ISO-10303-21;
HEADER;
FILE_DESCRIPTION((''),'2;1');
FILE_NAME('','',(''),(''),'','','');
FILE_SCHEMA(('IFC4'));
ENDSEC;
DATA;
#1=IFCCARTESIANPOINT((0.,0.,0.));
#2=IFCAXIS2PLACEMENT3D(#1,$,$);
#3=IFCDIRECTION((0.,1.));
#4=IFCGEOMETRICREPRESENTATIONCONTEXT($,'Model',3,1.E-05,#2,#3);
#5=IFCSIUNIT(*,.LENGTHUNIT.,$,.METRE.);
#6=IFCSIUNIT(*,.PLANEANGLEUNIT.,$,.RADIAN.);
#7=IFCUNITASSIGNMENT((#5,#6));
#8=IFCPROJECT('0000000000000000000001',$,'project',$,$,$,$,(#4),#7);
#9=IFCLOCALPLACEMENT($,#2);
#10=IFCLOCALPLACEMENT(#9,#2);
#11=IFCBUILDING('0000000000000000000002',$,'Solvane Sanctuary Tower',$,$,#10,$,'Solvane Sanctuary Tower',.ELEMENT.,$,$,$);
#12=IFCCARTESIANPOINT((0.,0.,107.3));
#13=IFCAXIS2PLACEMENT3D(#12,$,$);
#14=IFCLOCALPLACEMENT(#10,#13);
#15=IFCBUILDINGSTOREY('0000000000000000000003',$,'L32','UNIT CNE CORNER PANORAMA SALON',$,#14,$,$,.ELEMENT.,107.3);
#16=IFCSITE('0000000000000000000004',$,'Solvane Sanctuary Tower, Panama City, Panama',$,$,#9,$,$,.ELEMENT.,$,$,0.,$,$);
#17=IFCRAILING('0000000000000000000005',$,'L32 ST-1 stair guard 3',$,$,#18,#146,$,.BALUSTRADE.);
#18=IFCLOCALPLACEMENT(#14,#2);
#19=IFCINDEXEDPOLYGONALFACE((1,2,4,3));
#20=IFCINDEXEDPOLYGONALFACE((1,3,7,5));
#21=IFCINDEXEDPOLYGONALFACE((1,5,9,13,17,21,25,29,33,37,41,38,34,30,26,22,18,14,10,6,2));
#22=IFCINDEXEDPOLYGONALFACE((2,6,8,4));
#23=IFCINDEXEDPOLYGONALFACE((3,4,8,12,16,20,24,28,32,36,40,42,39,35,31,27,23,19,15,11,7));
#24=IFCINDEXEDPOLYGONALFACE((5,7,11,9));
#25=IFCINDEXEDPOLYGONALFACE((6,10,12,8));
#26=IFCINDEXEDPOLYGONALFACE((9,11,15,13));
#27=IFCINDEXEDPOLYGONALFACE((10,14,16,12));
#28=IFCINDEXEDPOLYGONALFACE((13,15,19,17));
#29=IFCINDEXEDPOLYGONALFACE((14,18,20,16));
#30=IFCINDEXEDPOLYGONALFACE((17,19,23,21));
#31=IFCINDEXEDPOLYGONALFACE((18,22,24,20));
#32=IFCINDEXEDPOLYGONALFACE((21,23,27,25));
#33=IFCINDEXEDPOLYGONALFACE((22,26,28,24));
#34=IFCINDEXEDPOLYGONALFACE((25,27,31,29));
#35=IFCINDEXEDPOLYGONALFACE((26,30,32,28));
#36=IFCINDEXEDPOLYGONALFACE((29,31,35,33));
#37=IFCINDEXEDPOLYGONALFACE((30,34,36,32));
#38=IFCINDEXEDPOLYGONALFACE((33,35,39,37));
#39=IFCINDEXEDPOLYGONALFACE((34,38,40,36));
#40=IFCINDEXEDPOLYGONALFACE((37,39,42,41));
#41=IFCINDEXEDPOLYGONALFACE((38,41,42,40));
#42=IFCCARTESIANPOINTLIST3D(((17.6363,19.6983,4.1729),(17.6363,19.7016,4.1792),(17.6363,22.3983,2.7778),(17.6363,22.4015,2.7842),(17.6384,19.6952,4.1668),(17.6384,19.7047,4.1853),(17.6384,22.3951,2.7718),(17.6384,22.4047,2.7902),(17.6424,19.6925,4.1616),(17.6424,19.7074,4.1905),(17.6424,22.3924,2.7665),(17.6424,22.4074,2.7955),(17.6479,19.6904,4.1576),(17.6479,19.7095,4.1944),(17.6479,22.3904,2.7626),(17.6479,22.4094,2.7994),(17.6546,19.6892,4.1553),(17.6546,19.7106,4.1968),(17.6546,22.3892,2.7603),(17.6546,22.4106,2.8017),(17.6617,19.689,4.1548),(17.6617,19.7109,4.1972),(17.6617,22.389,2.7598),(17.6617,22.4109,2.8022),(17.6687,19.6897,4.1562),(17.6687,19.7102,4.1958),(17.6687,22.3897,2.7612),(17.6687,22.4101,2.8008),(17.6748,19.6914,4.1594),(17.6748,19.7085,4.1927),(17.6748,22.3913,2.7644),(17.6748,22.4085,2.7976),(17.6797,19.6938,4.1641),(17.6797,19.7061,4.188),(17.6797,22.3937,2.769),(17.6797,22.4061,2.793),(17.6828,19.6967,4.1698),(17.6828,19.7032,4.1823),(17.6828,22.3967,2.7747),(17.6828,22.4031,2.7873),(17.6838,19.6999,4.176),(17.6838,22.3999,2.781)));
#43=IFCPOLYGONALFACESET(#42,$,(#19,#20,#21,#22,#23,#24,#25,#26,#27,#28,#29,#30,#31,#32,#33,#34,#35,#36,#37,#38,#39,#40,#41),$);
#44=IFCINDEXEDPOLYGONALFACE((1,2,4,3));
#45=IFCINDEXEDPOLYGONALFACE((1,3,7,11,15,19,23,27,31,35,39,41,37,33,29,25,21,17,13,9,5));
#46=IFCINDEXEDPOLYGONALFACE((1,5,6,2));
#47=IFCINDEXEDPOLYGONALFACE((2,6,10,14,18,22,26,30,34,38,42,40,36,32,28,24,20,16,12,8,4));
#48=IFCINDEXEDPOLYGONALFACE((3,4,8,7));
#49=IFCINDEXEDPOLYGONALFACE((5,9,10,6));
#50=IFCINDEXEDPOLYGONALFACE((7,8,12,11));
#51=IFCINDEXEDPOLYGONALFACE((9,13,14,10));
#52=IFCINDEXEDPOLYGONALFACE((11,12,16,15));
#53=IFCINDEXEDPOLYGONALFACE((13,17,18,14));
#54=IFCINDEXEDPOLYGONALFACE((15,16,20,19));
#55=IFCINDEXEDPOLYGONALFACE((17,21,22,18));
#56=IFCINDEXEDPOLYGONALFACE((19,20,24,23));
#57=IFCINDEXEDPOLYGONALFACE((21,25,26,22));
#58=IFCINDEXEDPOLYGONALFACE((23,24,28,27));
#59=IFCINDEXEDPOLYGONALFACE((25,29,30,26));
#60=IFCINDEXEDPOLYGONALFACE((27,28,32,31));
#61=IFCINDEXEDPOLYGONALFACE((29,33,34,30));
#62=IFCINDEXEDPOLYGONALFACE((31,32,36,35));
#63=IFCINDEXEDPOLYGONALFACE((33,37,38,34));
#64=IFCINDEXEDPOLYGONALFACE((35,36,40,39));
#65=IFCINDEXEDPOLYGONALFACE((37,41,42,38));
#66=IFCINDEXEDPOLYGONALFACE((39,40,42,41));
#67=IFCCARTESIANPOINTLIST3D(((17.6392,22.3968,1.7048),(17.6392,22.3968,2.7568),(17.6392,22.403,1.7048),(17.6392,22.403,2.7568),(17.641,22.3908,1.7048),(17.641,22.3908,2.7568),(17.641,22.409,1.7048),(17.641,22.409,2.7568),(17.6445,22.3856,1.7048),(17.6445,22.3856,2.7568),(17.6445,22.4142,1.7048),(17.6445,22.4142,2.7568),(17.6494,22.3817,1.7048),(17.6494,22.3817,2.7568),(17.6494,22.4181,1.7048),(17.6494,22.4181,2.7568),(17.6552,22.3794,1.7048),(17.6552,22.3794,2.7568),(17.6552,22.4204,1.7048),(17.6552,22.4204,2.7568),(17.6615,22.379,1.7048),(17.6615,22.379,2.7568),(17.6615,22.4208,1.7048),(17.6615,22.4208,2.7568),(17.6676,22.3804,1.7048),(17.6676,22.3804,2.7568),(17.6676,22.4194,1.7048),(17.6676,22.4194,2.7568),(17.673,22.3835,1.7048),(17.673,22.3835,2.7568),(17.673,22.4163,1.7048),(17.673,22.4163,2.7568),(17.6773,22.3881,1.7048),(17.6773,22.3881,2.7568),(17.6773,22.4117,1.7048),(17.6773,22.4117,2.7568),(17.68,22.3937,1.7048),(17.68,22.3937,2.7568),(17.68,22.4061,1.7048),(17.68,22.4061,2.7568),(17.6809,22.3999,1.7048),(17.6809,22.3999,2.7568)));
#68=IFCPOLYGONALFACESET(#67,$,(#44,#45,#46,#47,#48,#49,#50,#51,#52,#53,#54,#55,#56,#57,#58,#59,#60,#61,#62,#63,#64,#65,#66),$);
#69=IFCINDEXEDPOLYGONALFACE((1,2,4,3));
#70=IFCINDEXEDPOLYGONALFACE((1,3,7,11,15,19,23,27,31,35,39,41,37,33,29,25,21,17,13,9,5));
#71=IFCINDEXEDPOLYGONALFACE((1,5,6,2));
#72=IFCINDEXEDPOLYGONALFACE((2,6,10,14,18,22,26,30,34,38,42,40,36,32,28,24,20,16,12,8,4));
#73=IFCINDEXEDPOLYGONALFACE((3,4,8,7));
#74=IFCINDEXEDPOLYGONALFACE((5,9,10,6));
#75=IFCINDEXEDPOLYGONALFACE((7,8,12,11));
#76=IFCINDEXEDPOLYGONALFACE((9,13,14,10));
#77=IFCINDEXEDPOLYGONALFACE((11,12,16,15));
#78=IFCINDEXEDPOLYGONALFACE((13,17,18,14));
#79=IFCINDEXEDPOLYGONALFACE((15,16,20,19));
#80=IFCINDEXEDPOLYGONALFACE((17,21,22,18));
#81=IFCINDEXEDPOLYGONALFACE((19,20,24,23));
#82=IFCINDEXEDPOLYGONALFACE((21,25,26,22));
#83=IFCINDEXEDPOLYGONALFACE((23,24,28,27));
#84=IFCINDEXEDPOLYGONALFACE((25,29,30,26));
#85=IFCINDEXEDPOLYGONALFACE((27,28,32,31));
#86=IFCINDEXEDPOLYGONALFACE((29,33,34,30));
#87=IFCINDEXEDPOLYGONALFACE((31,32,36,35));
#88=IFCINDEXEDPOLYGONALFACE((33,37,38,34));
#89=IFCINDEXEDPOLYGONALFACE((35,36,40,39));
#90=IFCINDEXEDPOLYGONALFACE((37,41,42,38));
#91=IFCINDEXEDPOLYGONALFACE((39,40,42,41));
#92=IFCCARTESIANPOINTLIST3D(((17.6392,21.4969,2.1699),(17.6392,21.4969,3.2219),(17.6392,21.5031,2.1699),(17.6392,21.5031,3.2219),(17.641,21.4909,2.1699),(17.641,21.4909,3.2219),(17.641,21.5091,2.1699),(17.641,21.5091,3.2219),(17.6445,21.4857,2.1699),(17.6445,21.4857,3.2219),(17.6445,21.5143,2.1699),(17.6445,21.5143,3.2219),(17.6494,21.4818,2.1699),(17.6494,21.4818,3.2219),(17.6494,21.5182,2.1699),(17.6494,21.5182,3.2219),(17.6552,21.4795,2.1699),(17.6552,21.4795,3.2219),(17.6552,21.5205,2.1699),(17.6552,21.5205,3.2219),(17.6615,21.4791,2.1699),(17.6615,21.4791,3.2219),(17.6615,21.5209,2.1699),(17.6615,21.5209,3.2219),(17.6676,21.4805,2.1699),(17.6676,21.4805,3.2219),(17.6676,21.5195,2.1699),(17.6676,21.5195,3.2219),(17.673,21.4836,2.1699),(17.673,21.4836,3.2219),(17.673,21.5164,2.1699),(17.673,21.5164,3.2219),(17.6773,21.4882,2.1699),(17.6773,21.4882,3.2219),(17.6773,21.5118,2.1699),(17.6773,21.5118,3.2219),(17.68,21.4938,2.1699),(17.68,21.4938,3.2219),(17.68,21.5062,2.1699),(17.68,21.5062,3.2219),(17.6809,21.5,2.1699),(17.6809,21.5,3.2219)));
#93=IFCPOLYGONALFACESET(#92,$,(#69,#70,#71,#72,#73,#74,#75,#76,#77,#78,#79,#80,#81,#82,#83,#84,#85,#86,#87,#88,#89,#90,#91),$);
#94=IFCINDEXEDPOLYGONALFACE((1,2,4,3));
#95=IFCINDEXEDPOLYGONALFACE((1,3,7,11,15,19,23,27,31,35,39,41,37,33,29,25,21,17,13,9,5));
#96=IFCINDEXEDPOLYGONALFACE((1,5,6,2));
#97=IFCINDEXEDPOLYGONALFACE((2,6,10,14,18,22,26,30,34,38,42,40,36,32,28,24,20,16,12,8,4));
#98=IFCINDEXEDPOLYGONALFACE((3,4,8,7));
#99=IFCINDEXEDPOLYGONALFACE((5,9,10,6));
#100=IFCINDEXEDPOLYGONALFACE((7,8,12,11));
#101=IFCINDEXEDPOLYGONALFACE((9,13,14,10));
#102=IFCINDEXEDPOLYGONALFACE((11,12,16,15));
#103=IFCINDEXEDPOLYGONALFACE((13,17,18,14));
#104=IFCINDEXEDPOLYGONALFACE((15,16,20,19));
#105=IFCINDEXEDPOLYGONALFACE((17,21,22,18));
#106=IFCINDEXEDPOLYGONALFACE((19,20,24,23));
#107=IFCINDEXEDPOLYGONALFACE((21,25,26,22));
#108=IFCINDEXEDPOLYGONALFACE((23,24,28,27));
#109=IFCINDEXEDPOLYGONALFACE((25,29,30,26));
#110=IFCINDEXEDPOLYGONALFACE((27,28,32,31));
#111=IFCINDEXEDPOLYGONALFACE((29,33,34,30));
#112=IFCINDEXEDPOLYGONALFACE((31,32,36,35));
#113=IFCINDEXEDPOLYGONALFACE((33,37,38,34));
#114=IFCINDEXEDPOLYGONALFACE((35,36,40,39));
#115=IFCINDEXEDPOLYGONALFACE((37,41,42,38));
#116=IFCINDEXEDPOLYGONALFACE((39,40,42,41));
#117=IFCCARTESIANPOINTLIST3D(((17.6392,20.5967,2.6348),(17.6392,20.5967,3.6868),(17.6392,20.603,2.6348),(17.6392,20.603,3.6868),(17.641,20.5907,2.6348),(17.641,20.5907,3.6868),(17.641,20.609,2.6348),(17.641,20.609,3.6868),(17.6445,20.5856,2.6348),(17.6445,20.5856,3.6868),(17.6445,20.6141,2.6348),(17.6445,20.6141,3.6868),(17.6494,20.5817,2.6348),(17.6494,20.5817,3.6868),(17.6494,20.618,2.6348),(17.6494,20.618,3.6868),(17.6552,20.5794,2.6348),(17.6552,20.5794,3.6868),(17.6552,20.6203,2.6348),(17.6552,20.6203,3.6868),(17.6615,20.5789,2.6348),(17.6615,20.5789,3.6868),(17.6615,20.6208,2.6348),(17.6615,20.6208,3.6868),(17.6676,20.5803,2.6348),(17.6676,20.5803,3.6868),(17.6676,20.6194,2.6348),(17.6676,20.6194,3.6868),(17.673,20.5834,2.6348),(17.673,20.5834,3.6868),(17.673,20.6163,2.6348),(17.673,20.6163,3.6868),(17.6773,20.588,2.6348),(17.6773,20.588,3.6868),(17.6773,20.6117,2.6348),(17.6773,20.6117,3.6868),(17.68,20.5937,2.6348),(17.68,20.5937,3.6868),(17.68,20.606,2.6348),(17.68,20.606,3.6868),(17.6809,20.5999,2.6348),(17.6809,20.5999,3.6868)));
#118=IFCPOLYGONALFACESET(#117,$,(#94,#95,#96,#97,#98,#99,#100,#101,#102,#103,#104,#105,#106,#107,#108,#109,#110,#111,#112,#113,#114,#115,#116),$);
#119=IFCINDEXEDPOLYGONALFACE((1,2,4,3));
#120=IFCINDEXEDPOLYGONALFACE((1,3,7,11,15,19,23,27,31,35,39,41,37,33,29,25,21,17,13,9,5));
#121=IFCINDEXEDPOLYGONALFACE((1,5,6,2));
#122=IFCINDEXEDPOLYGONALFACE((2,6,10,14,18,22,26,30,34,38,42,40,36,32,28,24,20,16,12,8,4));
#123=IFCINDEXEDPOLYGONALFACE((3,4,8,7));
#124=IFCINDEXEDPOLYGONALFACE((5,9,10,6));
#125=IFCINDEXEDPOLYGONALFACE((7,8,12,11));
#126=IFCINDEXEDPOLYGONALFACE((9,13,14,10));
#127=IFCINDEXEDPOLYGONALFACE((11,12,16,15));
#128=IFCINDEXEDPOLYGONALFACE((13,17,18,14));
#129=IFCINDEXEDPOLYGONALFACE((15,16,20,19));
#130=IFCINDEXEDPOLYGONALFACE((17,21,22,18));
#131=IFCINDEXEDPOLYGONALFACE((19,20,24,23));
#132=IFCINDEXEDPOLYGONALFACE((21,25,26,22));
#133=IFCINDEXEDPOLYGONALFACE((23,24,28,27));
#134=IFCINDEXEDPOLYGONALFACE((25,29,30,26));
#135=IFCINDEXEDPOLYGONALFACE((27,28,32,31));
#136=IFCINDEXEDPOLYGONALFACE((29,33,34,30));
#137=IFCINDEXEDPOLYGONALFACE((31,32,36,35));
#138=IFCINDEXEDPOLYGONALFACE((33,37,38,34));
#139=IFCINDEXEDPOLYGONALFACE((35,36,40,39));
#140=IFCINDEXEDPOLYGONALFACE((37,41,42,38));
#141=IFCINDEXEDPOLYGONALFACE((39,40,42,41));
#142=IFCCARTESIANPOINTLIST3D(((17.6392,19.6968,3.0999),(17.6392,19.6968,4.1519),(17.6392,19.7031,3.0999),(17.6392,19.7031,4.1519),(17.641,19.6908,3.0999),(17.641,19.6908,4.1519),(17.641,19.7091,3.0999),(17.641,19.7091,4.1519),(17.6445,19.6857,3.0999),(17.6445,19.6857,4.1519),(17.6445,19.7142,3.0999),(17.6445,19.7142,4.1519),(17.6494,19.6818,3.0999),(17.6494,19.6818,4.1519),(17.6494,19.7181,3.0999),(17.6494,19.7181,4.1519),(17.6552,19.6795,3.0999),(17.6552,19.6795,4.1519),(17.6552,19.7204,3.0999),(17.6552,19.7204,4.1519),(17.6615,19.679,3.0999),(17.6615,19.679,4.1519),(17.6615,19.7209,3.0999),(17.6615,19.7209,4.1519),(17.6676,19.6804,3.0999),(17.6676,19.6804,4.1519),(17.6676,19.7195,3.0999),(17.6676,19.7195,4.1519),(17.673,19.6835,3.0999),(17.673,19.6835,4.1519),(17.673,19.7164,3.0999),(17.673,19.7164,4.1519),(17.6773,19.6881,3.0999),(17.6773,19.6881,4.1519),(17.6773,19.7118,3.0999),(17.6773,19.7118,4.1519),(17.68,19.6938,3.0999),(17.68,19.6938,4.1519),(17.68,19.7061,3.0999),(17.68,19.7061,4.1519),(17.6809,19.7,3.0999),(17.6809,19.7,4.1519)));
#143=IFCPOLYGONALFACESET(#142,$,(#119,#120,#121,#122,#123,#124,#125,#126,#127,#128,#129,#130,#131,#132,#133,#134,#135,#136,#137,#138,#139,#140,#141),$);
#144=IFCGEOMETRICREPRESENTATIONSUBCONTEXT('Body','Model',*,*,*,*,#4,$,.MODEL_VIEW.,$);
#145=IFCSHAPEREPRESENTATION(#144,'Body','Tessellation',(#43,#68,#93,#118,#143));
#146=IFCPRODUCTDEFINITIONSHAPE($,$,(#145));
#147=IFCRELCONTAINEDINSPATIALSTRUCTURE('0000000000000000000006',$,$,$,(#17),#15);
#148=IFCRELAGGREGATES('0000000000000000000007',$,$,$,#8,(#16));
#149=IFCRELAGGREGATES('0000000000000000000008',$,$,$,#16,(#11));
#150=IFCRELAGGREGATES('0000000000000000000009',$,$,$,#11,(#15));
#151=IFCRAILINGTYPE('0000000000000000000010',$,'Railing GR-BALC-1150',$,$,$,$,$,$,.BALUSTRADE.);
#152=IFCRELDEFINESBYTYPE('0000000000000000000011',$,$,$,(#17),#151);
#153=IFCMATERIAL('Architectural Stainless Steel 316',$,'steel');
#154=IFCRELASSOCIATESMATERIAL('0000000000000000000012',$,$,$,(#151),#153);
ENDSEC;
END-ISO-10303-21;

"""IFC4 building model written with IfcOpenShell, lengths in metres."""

from ifc_helpers import new_model, si_unit, direction, frame, origin, origin_2d, place, context, subcontext, project, spatial, circle, extrude, material, type_object, element, save


model = new_model("IFC4")

# Units and contexts
model_context = context("Model", 3, precision=1e-05, world=origin(), true_north=direction((0.0, 1.0)))
body_context = subcontext(model_context, "Body", "Model", "MODEL_VIEW")
ifc_project = project(units=[si_unit("LENGTHUNIT", "METRE"), si_unit("PLANEANGLEUNIT", "RADIAN")], contexts=[model_context])

# Site, building, storey
site_placement = place(None, origin())
site = spatial("IfcSite", under=ifc_project, at=site_placement, Name="Solvane Sanctuary Tower, Panama City, Panama", CompositionType="ELEMENT", RefElevation=0.0)
building_placement = place(site_placement, origin())
building = spatial("IfcBuilding", under=site, at=building_placement, Name="Solvane Sanctuary Tower", LongName="Solvane Sanctuary Tower", CompositionType="ELEMENT")
storey_placement = place(building_placement, frame((0.0, 0.0, 107.3)))
storey = spatial("IfcBuildingStorey", under=building, at=storey_placement, Name="L32", Description="UNIT CNE CORNER PANORAMA SALON", CompositionType="ELEMENT", Elevation=107.3)

# Railing
ifc_material_1 = material(Name="Architectural Stainless Steel 316", Category="steel")
railing_type_1 = type_object("IfcRailingType", Name="Railing GR-BALC-1150", PredefinedType="BALUSTRADE", material=ifc_material_1)
railing_1_placement = place(storey_placement, frame((17.6599, 22.3999, 1.7048)))
element("IfcRailing", 1, at=railing_1_placement, inside=storey, type_object=railing_type_1, Name="L32 ST-1 stair guard 3", PredefinedType="BALUSTRADE", context=body_context, shape_type="SweptSolid", body=[
    extrude(circle(Radius=0.0239, at=origin_2d()), frame((0.0, 0.0, 1.0762), z_axis=(0.0, -0.88842, 0.459032), x_axis=(1.0, 0.0, 0.0)), (0.0, 0.0, 1.0), 3.0391),
    extrude(circle(Radius=0.021, at=origin_2d()), origin(), (0.0, 0.0, 1.0), 1.052),
    extrude(circle(Radius=0.021, at=origin_2d()), frame((0.0, -0.8999, 0.4651)), (0.0, 0.0, 1.0), 1.052),
    extrude(circle(Radius=0.021, at=origin_2d()), frame((0.0, -1.8, 0.9299)), (0.0, 0.0, 1.0), 1.052),
    extrude(circle(Radius=0.021, at=origin_2d()), frame((0.0, -2.7, 1.395)), (0.0, 0.0, 1.0), 1.052),
])

save(model, "model.ifc")
